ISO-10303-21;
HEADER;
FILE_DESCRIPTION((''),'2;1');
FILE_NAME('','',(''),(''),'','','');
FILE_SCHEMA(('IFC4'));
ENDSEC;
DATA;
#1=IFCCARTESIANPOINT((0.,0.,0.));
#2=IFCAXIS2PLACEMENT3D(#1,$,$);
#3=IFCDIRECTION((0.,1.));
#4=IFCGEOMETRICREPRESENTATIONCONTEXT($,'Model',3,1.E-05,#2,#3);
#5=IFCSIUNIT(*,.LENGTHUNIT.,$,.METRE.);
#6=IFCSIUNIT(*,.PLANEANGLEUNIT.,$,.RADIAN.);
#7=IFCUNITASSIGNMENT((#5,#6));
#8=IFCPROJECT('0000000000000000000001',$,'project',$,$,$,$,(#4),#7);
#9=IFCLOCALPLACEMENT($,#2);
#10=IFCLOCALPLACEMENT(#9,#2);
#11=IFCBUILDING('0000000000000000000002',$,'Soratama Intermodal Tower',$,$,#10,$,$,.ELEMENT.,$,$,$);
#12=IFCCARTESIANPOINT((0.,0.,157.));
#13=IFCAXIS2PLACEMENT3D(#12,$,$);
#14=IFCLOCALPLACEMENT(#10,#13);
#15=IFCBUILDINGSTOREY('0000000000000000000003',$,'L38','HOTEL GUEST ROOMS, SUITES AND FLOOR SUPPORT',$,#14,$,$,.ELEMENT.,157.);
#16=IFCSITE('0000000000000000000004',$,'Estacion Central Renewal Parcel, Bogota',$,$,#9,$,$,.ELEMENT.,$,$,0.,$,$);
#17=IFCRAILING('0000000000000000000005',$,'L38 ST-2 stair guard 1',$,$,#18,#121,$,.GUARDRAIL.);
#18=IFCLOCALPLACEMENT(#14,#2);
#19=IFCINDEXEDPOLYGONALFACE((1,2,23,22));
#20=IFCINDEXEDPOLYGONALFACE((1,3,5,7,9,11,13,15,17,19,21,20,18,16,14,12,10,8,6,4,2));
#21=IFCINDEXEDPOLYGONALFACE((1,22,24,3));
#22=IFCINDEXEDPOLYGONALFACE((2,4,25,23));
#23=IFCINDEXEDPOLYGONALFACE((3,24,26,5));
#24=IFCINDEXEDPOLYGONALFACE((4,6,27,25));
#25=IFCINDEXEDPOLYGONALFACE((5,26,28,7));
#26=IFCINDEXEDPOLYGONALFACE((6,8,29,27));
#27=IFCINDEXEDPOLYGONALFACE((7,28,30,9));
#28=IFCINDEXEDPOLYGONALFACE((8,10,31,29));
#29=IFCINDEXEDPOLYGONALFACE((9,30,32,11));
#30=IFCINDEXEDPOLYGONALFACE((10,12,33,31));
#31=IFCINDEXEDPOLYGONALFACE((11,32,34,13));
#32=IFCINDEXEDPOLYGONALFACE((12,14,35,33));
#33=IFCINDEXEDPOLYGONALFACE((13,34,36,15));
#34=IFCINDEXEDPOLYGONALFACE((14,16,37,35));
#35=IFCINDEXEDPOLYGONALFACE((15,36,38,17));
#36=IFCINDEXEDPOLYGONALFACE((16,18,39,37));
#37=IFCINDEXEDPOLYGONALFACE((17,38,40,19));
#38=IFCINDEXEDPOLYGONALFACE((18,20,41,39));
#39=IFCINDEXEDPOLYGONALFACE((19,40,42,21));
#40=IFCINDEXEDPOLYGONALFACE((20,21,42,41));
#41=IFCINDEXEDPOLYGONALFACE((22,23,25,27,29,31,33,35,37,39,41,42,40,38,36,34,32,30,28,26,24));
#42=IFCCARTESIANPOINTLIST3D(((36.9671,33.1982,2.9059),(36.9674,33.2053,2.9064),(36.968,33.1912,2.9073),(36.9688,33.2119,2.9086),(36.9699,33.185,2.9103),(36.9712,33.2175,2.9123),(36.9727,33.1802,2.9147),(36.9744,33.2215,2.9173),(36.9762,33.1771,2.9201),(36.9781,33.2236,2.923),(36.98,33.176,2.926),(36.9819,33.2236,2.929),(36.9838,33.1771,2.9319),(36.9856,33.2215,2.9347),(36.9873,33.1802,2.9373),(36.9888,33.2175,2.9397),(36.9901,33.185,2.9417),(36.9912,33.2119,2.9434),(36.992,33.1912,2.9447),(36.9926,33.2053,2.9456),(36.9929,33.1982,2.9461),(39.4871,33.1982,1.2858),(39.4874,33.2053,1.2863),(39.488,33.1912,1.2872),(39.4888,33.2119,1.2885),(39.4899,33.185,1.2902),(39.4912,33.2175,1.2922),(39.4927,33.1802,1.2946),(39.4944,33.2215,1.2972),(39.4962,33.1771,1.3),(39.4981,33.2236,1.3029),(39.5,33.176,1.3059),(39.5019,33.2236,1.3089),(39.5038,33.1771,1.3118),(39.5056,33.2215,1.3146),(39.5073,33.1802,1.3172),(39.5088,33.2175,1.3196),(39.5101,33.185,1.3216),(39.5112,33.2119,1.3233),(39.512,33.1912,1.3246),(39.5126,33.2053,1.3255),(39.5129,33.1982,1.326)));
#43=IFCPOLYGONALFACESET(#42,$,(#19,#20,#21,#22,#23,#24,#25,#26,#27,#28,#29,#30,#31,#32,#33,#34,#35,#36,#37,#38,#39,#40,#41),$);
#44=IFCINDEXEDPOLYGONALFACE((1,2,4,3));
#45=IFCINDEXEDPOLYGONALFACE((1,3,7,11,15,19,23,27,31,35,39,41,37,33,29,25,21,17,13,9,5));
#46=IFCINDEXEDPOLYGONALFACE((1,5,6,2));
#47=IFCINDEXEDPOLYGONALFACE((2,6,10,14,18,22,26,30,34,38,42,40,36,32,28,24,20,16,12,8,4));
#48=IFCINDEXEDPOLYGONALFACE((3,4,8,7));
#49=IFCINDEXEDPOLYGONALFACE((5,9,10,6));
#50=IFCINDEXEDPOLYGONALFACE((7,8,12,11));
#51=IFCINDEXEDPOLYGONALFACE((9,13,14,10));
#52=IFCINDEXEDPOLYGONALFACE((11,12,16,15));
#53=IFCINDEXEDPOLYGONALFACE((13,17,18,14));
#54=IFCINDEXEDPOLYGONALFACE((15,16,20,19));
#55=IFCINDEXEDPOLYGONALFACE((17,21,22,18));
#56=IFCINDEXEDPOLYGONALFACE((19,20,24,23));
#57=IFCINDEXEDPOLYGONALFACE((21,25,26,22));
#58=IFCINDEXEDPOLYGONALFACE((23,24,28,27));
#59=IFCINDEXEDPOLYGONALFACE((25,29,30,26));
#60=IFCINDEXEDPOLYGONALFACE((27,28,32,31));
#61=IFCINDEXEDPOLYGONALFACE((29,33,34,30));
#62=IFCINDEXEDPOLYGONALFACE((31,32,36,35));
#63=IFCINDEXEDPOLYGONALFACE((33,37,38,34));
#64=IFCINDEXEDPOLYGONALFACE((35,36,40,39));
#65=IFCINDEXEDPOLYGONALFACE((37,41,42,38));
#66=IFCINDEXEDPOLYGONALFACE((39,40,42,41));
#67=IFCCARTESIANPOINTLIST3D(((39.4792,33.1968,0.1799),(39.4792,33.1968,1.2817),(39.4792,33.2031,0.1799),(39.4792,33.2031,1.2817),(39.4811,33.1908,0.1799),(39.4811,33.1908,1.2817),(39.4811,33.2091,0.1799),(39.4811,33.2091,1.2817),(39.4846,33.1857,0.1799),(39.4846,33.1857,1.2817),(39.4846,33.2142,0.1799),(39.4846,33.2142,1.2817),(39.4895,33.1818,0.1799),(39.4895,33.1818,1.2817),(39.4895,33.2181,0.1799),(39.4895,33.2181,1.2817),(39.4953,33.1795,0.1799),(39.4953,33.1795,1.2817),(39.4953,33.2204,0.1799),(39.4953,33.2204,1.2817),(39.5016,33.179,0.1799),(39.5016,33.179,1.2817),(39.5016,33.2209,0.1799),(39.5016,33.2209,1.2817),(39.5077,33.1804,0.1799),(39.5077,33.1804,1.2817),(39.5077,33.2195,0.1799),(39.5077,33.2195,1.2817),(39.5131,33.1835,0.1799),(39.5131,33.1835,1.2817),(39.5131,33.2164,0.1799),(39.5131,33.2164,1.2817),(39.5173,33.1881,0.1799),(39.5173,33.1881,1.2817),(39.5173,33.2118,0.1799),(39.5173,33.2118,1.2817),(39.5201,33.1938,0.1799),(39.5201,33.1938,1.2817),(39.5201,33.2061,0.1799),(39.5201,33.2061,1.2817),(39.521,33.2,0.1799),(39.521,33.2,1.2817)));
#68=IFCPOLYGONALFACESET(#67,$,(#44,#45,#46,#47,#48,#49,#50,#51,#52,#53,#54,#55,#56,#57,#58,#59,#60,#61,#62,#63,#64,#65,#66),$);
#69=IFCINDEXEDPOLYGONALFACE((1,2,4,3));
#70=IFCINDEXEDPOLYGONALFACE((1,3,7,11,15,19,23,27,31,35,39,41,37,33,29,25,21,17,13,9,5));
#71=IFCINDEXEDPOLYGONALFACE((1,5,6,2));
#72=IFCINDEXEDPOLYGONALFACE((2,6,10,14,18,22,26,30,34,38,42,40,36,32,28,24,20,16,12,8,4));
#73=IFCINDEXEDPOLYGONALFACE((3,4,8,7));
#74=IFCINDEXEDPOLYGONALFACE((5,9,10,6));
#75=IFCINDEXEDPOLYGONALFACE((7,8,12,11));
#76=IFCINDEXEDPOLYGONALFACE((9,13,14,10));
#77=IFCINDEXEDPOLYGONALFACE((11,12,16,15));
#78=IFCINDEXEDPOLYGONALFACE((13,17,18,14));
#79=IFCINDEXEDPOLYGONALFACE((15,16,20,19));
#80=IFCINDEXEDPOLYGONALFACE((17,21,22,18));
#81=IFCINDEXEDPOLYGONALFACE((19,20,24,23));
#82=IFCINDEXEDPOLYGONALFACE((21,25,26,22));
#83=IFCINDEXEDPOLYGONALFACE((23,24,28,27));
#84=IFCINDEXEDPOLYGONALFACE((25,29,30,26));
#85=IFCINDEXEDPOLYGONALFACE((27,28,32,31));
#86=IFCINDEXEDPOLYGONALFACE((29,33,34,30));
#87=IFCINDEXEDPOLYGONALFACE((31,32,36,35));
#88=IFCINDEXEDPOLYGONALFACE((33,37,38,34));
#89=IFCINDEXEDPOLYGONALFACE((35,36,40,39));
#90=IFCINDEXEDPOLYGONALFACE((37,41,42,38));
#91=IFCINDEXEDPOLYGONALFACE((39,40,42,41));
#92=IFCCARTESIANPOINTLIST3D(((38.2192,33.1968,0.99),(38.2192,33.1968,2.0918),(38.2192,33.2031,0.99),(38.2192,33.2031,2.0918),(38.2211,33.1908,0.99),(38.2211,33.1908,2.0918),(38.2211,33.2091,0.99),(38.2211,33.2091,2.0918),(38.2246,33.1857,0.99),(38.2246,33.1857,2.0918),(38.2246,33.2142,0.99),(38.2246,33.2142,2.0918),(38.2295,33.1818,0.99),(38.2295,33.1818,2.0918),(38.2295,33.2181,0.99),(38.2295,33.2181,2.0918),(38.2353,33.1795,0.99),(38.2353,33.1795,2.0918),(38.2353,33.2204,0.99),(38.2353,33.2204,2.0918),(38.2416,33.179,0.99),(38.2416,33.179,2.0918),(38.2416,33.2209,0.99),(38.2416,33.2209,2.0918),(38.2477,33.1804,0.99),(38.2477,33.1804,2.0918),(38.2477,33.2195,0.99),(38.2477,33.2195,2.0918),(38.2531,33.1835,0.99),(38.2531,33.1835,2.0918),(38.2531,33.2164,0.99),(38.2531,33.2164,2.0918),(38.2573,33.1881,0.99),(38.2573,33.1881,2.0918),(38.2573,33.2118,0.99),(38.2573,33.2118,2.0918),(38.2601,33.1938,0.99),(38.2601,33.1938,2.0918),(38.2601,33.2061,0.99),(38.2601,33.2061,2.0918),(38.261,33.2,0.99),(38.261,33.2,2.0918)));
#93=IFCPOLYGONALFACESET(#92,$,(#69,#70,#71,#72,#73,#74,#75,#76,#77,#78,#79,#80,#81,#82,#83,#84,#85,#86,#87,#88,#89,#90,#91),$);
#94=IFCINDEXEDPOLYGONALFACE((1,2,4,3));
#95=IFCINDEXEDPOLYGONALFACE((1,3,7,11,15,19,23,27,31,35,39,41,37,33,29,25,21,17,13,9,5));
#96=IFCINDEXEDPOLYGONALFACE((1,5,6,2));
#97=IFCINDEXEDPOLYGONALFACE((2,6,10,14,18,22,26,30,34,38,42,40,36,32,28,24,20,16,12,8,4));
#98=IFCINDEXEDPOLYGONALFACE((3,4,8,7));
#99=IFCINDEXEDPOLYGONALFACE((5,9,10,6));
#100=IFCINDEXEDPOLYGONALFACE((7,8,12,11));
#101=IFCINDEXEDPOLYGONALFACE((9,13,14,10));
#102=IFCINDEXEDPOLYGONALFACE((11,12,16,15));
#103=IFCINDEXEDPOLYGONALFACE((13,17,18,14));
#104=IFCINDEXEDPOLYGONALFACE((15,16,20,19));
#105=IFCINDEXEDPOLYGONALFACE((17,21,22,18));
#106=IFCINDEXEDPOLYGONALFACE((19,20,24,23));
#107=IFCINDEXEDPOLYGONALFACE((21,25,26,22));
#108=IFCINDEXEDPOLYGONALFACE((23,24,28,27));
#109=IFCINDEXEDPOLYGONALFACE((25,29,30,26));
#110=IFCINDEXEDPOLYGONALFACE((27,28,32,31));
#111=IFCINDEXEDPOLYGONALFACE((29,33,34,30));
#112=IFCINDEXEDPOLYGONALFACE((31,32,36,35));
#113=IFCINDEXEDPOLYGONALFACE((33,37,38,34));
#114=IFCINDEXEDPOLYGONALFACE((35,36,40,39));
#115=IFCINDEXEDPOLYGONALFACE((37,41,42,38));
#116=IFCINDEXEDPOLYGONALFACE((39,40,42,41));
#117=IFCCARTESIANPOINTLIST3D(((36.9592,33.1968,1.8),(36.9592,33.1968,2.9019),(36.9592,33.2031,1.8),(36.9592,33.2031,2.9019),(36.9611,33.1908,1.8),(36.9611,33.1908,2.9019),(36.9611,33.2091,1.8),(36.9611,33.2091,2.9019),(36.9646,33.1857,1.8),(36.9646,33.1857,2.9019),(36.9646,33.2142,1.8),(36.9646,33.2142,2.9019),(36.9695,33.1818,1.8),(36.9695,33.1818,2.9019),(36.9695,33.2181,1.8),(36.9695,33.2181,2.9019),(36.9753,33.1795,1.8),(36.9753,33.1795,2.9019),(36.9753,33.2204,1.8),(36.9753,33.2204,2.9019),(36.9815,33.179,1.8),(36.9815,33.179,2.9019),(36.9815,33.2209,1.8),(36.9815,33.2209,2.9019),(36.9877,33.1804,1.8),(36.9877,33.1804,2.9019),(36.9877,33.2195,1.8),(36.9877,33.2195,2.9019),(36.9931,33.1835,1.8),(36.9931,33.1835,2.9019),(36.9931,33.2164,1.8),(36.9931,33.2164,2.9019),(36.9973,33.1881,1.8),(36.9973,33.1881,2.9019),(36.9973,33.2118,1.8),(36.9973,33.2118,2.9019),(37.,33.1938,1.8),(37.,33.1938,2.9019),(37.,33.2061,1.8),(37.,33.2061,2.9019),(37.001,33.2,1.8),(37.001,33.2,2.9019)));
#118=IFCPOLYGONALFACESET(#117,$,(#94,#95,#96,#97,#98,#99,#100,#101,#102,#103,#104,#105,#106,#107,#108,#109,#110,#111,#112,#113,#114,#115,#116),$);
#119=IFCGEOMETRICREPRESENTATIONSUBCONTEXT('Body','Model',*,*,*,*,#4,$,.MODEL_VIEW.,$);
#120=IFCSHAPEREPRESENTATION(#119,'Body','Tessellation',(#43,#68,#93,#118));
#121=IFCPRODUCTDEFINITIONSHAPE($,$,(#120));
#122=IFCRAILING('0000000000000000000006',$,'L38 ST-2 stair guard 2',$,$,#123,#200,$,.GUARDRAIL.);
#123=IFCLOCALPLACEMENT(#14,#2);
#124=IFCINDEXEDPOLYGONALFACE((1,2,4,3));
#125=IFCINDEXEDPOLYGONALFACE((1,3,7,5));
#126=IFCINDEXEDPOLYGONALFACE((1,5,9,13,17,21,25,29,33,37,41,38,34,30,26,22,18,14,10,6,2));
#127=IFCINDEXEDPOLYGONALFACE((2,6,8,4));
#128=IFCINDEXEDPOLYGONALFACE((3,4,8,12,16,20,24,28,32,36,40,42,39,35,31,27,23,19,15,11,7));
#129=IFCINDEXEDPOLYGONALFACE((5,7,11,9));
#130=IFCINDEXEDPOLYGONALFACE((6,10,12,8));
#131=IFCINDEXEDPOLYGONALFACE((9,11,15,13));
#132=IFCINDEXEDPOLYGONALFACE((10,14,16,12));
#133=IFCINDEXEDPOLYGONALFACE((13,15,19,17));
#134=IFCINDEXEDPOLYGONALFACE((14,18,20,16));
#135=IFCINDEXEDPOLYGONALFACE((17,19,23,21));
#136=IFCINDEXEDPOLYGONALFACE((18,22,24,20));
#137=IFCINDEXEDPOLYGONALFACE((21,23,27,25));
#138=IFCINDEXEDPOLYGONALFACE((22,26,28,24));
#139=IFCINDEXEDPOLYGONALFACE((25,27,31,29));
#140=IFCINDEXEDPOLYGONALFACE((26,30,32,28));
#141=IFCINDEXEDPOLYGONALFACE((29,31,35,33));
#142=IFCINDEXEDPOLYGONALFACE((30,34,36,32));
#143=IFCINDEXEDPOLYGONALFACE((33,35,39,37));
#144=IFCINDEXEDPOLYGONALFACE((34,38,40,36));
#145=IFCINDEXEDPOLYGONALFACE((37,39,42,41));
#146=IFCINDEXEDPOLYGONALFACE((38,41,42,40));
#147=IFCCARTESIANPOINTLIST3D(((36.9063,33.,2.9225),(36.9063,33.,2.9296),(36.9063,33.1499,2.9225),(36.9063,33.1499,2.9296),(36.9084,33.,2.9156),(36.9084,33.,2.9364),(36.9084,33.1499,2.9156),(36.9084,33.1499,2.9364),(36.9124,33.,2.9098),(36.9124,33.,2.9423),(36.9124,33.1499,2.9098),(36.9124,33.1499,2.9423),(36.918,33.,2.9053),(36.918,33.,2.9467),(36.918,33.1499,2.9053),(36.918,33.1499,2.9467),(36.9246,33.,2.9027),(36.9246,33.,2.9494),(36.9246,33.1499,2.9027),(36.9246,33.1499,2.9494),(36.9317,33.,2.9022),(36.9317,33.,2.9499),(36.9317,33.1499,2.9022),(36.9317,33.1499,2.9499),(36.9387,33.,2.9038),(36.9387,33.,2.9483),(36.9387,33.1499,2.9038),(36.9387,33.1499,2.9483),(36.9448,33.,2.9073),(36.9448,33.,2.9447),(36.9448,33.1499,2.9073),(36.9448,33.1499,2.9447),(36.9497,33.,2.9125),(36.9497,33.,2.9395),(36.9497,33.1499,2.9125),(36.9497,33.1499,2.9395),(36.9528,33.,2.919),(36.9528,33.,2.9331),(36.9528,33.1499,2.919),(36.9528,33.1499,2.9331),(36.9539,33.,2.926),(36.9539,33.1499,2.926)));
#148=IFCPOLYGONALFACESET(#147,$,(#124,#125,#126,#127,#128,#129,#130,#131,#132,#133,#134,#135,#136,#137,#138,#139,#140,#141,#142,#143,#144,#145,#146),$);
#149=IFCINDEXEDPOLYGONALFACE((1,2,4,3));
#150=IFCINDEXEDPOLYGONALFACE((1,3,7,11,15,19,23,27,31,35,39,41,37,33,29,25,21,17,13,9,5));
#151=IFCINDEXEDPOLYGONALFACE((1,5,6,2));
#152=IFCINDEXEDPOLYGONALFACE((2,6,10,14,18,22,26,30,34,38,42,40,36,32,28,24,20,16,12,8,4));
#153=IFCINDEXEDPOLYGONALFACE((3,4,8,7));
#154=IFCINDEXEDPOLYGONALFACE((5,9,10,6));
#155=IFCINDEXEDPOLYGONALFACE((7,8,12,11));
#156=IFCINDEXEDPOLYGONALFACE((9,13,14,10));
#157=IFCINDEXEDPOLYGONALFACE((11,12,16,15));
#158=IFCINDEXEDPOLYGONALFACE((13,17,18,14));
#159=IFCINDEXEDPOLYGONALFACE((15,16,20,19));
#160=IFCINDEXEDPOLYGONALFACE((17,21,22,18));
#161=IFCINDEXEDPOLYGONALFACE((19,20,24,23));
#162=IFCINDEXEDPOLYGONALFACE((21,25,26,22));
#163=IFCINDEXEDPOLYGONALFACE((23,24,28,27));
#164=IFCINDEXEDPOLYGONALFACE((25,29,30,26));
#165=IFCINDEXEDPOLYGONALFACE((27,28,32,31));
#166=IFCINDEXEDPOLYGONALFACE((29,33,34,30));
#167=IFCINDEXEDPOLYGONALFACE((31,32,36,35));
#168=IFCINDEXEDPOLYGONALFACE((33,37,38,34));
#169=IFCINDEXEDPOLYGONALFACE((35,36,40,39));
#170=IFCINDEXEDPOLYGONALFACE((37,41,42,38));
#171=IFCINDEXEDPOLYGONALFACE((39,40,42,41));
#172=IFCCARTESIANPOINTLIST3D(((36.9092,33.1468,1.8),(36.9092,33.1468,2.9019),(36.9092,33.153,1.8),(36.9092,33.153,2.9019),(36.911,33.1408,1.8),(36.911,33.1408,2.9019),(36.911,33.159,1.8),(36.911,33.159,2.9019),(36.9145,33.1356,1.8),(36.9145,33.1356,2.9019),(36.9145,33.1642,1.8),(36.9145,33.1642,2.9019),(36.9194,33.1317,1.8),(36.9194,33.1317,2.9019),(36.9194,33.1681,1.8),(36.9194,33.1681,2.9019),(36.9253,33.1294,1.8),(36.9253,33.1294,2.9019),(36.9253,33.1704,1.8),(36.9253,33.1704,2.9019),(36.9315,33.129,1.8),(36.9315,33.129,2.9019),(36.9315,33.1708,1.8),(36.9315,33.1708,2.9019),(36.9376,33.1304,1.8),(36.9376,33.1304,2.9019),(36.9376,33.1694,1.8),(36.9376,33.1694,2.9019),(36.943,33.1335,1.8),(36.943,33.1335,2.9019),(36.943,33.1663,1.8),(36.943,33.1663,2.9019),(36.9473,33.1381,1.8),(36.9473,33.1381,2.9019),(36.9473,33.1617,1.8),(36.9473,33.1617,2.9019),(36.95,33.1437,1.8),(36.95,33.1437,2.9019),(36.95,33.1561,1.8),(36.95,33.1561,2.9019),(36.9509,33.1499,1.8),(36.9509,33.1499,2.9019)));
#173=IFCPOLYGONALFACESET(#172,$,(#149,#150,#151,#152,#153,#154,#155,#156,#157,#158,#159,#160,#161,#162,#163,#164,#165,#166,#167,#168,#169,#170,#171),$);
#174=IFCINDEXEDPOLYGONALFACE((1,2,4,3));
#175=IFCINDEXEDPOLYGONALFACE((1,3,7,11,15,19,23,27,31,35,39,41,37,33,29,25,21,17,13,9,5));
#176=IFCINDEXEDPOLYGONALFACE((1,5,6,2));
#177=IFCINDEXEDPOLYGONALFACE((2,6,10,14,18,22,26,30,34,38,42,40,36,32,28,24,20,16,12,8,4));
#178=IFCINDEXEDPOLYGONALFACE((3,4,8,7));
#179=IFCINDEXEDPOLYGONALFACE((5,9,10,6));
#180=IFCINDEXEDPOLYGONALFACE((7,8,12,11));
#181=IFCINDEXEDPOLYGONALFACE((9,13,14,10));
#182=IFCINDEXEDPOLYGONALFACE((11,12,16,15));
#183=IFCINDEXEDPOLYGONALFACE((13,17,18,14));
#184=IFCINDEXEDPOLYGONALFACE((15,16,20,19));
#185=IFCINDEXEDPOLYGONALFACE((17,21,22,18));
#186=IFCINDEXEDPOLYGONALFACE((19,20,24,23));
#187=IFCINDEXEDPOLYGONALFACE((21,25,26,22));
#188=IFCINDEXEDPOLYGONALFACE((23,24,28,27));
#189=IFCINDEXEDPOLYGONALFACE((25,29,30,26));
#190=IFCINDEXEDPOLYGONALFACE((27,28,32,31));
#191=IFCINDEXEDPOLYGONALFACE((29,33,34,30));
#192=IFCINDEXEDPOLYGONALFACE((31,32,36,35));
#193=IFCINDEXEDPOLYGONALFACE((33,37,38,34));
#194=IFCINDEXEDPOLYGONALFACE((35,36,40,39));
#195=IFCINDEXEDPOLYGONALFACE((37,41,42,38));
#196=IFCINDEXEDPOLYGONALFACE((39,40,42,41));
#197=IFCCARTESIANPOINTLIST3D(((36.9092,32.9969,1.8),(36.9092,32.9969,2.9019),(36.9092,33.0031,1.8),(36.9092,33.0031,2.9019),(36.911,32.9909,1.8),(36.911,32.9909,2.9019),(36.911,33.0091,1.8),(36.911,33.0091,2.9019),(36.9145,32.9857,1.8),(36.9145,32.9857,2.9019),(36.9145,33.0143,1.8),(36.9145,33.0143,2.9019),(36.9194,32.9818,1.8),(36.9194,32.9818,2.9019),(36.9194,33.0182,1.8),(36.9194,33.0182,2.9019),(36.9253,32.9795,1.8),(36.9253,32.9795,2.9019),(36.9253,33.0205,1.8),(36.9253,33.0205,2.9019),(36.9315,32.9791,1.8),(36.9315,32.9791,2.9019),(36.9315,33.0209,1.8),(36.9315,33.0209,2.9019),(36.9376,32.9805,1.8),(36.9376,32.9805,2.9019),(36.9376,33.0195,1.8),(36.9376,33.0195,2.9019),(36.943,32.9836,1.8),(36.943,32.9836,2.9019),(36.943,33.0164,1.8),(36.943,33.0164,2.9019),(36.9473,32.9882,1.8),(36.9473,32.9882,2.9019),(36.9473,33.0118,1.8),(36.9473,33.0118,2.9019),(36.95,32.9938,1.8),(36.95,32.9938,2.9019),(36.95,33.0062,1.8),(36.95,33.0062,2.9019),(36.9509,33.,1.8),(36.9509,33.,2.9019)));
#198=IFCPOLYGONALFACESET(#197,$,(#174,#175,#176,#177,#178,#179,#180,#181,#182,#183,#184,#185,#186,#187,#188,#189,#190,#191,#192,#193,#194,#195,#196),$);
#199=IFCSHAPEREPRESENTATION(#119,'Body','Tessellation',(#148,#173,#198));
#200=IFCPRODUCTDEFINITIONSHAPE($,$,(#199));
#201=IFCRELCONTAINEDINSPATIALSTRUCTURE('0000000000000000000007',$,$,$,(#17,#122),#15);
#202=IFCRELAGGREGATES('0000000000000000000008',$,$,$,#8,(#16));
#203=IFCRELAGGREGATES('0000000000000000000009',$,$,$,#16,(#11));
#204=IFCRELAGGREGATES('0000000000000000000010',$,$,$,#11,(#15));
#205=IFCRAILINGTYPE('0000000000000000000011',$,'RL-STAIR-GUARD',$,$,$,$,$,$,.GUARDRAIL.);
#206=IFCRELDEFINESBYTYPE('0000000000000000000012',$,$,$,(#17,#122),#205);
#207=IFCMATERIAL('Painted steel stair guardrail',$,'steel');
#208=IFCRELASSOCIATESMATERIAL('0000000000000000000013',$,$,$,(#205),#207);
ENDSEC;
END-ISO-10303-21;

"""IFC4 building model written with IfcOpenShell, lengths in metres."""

from ifc_helpers import new_model, si_unit, direction, frame, origin, origin_2d, place, context, subcontext, project, spatial, circle, extrude, material, type_object, element, save


model = new_model("IFC4")

# Units and contexts
model_context = context("Model", 3, precision=1e-05, world=origin(), true_north=direction((0.0, 1.0)))
body_context = subcontext(model_context, "Body", "Model", "MODEL_VIEW")
ifc_project = project(units=[si_unit("LENGTHUNIT", "METRE"), si_unit("PLANEANGLEUNIT", "RADIAN")], contexts=[model_context])

# Site, building, storey
site_placement = place(None, origin())
site = spatial("IfcSite", under=ifc_project, at=site_placement, Name="Estacion Central Renewal Parcel, Bogota", CompositionType="ELEMENT", RefElevation=0.0)
building_placement = place(site_placement, origin())
building = spatial("IfcBuilding", under=site, at=building_placement, Name="Soratama Intermodal Tower", CompositionType="ELEMENT")
storey_placement = place(building_placement, frame((0.0, 0.0, 157.0)))
storey = spatial("IfcBuildingStorey", under=building, at=storey_placement, Name="L38", Description="HOTEL GUEST ROOMS, SUITES AND FLOOR SUPPORT", CompositionType="ELEMENT", Elevation=157.0)

# Railings
ifc_material_1 = material(Name="Painted steel stair guardrail", Category="steel")
railing_type_1 = type_object("IfcRailingType", Name="RL-STAIR-GUARD", PredefinedType="GUARDRAIL", material=ifc_material_1)
railing_1_placement = place(storey_placement, frame((39.5, 33.2, 0.1799)))
element("IfcRailing", 1, at=railing_1_placement, inside=storey, type_object=railing_type_1, Name="L38 ST-2 stair guard 1", PredefinedType="GUARDRAIL", context=body_context, shape_type="SweptSolid", body=[
    extrude(circle(Radius=0.0239, at=origin_2d()), frame((0.0, 0.0, 1.126), z_axis=(-0.841163, 0.0, 0.540782), x_axis=(0.0, -1.0, 0.0)), (0.0, 0.0, 1.0), 2.9958),
    extrude(circle(Radius=0.021, at=origin_2d()), origin(), (0.0, 0.0, 1.0), 1.1018),
    extrude(circle(Radius=0.021, at=origin_2d()), frame((-1.26, 0.0, 0.8101)), (0.0, 0.0, 1.0), 1.1018),
    extrude(circle(Radius=0.021, at=origin_2d()), frame((-2.52, 0.0, 1.6201)), (0.0, 0.0, 1.0), 1.1018),
])
for number, where, name in (
    (2, (36.9299, 33.1499, 1.8), "L38 ST-2 stair guard 2"),
):
    element("IfcRailing", number, at=place(storey_placement, frame(where)), inside=storey, type_object=railing_type_1, Name=name, PredefinedType="GUARDRAIL", context=body_context, shape_type="SweptSolid", body=[
        extrude(circle(Radius=0.0239, at=origin_2d()), frame((0.0, 0.0, 1.126), z_axis=(0.0, -1.0, 0.0), x_axis=(1.0, 0.0, 0.0)), (0.0, 0.0, 1.0), 0.1499),
        extrude(circle(Radius=0.021, at=origin_2d()), origin(), (0.0, 0.0, 1.0), 1.1018),
        extrude(circle(Radius=0.021, at=origin_2d()), frame((0.0, -0.1499, 0.0)), (0.0, 0.0, 1.0), 1.1018),
    ])

save(model, "model.ifc")
